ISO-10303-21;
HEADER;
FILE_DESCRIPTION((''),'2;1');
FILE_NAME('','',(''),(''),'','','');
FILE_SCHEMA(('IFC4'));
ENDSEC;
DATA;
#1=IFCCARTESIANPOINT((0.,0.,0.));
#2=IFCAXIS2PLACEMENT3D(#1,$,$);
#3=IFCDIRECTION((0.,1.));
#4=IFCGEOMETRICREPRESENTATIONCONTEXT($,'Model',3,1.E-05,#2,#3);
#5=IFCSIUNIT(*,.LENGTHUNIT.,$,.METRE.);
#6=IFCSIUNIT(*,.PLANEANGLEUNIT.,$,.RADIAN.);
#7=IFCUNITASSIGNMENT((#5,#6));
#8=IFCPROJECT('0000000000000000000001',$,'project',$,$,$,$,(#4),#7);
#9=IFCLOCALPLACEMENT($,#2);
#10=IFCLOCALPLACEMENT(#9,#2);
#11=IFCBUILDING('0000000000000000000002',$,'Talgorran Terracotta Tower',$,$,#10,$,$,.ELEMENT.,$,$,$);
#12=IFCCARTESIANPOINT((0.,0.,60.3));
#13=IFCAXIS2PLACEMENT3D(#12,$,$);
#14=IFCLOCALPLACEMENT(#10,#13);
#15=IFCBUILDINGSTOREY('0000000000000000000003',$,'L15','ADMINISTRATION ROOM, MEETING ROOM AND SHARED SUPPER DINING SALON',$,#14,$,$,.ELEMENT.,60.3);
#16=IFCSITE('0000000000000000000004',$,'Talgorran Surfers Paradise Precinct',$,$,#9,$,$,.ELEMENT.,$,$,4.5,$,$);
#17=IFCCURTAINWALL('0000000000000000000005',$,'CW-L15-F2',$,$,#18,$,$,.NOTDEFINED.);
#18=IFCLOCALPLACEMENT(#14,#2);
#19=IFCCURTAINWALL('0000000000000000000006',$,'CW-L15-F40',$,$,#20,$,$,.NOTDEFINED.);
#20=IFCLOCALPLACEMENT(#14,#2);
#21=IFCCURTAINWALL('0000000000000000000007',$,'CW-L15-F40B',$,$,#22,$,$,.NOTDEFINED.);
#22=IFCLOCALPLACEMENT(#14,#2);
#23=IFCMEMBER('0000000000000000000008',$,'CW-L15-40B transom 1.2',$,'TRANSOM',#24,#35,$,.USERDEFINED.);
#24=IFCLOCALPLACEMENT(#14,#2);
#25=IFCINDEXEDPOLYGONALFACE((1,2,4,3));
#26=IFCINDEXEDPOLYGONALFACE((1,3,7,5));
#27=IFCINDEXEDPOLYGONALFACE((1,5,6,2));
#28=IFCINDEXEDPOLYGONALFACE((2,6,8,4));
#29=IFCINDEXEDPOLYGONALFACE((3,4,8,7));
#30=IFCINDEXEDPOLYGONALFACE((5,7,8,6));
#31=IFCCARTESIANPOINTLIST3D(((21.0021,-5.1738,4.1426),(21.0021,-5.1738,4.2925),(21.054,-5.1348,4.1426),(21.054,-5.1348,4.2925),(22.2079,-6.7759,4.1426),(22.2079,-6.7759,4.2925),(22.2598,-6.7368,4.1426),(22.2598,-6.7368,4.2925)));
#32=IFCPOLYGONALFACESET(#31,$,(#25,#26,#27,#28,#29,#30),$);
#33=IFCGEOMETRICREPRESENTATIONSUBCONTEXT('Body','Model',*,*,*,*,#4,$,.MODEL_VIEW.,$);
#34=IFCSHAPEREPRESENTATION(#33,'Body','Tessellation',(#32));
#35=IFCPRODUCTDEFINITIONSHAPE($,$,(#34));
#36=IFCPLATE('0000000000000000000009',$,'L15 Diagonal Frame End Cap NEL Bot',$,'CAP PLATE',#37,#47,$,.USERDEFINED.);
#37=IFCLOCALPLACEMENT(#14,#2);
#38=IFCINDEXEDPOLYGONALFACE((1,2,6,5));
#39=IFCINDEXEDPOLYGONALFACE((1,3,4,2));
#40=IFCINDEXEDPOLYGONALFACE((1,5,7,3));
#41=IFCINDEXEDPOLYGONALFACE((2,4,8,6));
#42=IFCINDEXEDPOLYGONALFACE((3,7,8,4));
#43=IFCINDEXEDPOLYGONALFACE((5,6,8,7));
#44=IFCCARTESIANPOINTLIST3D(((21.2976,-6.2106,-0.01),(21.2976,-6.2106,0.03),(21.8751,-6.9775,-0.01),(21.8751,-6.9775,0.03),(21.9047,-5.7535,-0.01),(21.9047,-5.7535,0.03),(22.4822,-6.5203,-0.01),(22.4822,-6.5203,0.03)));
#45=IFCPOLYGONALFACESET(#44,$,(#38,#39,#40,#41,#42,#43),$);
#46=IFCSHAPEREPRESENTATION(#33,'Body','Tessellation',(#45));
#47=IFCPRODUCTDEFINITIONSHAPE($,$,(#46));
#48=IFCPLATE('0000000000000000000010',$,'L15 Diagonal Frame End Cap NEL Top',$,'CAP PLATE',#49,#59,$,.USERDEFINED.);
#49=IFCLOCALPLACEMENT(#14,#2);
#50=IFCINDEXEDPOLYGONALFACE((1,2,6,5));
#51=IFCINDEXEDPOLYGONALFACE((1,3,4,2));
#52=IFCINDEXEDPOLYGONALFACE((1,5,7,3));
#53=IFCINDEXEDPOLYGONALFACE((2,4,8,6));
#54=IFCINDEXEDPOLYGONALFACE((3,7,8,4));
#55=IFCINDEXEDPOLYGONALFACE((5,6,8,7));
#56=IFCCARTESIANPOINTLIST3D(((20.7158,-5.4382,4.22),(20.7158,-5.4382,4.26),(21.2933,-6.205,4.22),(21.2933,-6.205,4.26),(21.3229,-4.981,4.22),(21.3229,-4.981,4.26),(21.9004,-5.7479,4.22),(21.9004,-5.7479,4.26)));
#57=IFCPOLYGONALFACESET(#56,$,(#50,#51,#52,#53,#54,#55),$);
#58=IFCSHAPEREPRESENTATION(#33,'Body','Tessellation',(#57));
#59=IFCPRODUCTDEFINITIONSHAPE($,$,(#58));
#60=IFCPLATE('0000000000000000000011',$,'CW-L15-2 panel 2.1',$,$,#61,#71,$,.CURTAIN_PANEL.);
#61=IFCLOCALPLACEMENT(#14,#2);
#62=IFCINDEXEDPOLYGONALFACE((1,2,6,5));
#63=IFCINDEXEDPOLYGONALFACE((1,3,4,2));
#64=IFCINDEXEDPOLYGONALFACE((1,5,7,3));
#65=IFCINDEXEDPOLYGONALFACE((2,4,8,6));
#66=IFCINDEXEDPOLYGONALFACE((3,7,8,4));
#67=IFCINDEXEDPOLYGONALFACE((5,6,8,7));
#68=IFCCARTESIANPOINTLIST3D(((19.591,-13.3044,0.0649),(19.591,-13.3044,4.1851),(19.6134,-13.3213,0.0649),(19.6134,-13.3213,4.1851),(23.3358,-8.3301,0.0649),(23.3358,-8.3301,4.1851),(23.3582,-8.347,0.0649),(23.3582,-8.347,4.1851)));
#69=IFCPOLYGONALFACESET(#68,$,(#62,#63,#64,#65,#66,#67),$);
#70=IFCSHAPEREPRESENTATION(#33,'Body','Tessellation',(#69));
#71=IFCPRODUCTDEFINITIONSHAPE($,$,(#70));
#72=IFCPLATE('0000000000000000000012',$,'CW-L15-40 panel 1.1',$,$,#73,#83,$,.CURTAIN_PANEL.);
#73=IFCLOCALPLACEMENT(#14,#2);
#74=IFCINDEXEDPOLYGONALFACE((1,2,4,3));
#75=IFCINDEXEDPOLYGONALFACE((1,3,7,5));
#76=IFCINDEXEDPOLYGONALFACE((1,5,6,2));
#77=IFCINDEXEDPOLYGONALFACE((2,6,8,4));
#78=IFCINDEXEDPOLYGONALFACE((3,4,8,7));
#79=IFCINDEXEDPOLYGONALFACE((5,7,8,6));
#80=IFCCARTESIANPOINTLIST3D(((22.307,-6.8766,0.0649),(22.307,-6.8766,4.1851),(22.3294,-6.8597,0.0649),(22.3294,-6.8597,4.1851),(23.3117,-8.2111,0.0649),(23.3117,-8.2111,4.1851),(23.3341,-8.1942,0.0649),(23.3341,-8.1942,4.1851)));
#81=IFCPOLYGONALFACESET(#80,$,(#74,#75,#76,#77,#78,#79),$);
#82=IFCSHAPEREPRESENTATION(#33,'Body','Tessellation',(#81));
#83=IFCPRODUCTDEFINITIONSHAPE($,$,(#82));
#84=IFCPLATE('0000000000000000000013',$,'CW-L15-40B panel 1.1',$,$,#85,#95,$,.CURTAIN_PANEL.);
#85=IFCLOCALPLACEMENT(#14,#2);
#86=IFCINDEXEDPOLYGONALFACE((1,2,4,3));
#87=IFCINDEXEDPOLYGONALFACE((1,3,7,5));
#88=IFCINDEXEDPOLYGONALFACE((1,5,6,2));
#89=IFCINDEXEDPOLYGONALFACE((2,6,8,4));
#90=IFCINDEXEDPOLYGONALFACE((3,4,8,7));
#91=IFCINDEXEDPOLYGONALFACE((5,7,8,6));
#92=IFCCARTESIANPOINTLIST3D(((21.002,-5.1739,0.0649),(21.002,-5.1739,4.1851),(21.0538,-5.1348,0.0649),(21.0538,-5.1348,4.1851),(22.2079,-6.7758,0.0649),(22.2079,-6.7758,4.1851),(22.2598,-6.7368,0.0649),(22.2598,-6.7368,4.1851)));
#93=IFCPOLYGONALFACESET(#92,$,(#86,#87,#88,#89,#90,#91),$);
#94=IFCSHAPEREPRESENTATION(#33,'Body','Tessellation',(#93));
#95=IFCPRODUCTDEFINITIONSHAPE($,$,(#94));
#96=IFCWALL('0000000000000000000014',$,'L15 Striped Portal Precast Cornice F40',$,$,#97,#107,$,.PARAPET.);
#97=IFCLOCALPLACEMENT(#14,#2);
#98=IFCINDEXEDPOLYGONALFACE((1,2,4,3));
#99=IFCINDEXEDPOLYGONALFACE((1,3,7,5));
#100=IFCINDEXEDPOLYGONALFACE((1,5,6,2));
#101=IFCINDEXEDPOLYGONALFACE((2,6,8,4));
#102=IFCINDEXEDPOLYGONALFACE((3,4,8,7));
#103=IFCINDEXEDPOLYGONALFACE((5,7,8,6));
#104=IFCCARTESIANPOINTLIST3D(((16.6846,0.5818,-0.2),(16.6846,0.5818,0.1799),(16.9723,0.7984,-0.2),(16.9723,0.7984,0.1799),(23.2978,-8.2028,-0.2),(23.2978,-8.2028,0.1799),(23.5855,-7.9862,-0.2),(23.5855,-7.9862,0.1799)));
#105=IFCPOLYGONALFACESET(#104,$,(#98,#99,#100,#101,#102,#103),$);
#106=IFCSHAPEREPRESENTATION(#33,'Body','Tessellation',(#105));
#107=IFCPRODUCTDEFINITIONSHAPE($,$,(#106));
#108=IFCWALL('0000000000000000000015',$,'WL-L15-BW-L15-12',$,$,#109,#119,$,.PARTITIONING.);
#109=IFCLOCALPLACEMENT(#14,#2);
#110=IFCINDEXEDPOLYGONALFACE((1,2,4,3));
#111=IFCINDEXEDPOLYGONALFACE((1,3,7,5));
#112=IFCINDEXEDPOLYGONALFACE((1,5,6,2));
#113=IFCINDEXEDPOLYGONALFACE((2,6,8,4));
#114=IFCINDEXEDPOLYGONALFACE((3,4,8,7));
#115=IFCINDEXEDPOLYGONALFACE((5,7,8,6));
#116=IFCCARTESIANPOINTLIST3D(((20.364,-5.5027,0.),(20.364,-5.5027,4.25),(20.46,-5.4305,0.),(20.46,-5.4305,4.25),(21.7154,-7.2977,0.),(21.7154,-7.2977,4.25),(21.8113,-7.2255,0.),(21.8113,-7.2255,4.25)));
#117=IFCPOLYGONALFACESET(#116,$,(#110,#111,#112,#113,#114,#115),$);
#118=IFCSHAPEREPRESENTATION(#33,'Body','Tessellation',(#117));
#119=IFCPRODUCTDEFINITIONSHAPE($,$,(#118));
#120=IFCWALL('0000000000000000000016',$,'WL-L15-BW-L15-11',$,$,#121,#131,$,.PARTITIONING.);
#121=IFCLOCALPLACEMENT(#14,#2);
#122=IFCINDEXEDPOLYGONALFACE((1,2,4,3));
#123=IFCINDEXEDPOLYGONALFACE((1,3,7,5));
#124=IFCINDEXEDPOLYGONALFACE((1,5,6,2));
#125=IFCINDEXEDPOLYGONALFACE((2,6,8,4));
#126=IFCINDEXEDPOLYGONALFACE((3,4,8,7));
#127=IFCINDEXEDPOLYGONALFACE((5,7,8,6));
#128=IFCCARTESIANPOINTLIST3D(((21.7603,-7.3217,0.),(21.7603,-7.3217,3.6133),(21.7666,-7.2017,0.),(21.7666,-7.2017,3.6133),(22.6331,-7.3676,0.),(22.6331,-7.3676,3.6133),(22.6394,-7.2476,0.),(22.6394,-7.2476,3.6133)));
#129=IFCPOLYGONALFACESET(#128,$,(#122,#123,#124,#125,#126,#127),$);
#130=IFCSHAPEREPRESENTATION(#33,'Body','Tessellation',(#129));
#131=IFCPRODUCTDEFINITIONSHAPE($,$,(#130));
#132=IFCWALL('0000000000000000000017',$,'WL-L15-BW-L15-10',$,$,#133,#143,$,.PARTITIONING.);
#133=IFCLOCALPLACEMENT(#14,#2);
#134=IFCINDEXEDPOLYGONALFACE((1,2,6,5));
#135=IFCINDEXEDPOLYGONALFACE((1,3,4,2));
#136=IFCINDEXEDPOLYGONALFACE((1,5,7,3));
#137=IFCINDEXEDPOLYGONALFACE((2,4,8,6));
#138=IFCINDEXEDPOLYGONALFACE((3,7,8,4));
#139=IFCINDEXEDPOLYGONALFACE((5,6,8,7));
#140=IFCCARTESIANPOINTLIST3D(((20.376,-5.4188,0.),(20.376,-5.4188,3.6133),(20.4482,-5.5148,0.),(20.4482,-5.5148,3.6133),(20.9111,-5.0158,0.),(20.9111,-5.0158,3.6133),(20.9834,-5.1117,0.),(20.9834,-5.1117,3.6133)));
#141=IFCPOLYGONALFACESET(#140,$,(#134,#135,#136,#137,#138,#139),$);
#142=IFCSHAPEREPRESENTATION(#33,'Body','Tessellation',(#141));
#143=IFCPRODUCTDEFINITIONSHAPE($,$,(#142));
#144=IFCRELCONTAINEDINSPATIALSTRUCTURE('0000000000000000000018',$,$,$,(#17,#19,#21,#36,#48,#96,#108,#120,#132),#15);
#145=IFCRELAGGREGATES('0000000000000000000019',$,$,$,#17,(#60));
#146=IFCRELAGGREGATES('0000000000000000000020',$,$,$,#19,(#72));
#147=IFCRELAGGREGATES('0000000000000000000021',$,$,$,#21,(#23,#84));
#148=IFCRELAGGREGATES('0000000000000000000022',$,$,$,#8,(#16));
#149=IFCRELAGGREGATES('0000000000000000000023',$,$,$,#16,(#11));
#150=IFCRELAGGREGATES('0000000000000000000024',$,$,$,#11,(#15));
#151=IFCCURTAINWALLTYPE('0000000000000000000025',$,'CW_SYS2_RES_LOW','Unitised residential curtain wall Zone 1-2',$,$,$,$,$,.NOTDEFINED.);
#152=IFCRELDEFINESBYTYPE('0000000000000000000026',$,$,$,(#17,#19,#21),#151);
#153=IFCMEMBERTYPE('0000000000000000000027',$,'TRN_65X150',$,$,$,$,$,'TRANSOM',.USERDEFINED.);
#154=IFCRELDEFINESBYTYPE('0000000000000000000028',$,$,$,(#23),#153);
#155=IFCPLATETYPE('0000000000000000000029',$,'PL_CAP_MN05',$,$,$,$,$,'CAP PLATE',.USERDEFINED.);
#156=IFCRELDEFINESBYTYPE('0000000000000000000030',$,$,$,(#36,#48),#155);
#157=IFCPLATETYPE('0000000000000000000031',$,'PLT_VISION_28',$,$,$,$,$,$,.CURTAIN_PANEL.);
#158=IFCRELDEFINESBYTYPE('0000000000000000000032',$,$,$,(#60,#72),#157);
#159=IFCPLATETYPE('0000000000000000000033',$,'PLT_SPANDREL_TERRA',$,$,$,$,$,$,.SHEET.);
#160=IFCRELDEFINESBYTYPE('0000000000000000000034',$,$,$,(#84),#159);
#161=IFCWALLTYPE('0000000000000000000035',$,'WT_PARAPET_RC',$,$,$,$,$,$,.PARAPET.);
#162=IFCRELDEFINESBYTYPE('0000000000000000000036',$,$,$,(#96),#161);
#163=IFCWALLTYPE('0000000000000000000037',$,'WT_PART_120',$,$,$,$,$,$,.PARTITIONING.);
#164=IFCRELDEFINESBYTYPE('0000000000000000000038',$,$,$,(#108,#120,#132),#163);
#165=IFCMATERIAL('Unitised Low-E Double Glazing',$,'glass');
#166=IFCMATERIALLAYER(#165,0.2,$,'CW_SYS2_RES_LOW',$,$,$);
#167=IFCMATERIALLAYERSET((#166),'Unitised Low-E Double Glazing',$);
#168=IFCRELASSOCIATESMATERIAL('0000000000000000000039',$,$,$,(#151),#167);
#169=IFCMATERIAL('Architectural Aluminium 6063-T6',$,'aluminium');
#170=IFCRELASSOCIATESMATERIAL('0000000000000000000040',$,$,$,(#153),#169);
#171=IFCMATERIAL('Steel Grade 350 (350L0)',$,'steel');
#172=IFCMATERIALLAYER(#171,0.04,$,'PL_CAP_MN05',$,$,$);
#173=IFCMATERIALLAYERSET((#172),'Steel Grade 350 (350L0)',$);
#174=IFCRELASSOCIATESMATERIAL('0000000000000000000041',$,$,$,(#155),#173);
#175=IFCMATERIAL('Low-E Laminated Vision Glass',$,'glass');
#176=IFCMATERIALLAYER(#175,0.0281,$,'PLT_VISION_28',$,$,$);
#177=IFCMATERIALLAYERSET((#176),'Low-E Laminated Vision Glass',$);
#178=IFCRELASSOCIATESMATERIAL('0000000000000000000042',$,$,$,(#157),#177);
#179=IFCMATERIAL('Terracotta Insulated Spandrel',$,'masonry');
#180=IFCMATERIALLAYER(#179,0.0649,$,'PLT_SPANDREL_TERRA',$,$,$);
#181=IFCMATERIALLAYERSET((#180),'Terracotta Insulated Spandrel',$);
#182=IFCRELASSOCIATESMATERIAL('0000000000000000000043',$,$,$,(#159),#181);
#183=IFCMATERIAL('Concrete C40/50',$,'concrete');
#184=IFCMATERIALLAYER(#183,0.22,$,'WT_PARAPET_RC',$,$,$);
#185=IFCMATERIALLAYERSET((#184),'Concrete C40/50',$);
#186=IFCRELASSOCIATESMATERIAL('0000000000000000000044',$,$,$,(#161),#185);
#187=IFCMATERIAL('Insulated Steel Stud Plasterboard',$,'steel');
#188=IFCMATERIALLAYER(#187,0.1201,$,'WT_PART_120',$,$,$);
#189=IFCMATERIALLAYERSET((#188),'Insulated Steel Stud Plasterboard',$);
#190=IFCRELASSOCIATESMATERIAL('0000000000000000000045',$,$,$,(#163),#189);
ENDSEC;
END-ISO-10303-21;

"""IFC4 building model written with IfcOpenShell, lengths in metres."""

from ifc_helpers import new_model, si_unit, direction, frame, frame_2d, origin, origin_2d, place, context, subcontext, project, spatial, rectangle, extrude, source, transform, mapped, material, layer, layer_set, material_profile, profile_set, type_object, type_shapes, element, aggregate, save


model = new_model("IFC4")

# Units and contexts
model_context = context("Model", 3, precision=1e-05, world=origin(), true_north=direction((0.0, 1.0)))
body_context = subcontext(model_context, "Body", "Model", "MODEL_VIEW")
ifc_project = project(units=[si_unit("LENGTHUNIT", "METRE"), si_unit("PLANEANGLEUNIT", "RADIAN")], contexts=[model_context])

# Site, building, storey
site_placement = place(None, origin())
site = spatial("IfcSite", under=ifc_project, at=site_placement, Name="Talgorran Surfers Paradise Precinct", CompositionType="ELEMENT", RefElevation=4.5)
building_placement = place(site_placement, origin())
building = spatial("IfcBuilding", under=site, at=building_placement, Name="Talgorran Terracotta Tower", CompositionType="ELEMENT")
storey_placement = place(building_placement, frame((0.0, 0.0, 60.3)))
storey = spatial("IfcBuildingStorey", under=building, at=storey_placement, Name="L15", Description="ADMINISTRATION ROOM, MEETING ROOM AND SHARED SUPPER DINING SALON", CompositionType="ELEMENT", Elevation=60.3)

# Shared definitions
ifc_material_1 = material(Name="Steel Grade 350 (350L0)", Category="steel")

# Curtain wall
ifc_material_2 = material(Name="Unitised Low-E Double Glazing", Category="glass")
ifc_layer_1 = layer(ifc_material_2, 0.2, Name="CW_SYS2_RES_LOW")
ifc_layer_set_1 = layer_set([ifc_layer_1], Name="Unitised Low-E Double Glazing")
curtain_wall_type = type_object("IfcCurtainWallType", Name="CW_SYS2_RES_LOW", Description="Unitised residential curtain wall Zone 1-2", PredefinedType="NOTDEFINED", material=ifc_layer_set_1)
curtain_wall_1_placement = place(storey_placement, origin())
curtain_wall_1 = element("IfcCurtainWall", 1, at=curtain_wall_1_placement, inside=storey, type_object=curtain_wall_type, Name="CW-L15-F2", PredefinedType="NOTDEFINED")
ifc_material_3 = material(Name="Architectural Aluminium 6063-T6", Category="aluminium")

# Curtain walls
curtain_wall_2_placement = place(storey_placement, origin())
curtain_wall_2 = element("IfcCurtainWall", 2, at=curtain_wall_2_placement, inside=storey, type_object=curtain_wall_type, Name="CW-L15-F40", PredefinedType="NOTDEFINED")
curtain_wall_3_placement = place(storey_placement, origin())
curtain_wall_3 = element("IfcCurtainWall", 3, at=curtain_wall_3_placement, inside=storey, type_object=curtain_wall_type, Name="CW-L15-F40B", PredefinedType="NOTDEFINED")

# Member
ifc_material_profile_1 = material_profile(ifc_material_3, rectangle(XDim=0.0649, YDim=0.1499, at=origin_2d()), Name="CWT65X150")
ifc_profile_set_1 = profile_set([ifc_material_profile_1], Name="Architectural Aluminium 6063-T6")
member_type_1 = type_object("IfcMemberType", Name="TRN_65X150", ElementType="TRANSOM", PredefinedType="USERDEFINED", material=ifc_profile_set_1)
member_1_placement = place(storey_placement, frame((22.2339, -6.7563, 4.2175), z_axis=(-0.601363, 0.798976, 0.0), x_axis=(-0.798976, -0.601363, 0.0)))
member_1 = element("IfcMember", 4, at=member_1_placement, type_object=member_type_1, Name="CW-L15-40B transom 1.2", ObjectType="TRANSOM", PredefinedType="USERDEFINED", context=body_context, shape_type="SweptSolid", body=[
    extrude(rectangle(XDim=0.0649, YDim=0.1499, at=origin_2d()), origin(), (0.0, 0.0, 1.0), 2.0051),
])

# Plates
ifc_layer_2 = layer(ifc_material_1, 0.04, Name="PL_CAP_MN05")
ifc_layer_set_2 = layer_set([ifc_layer_2], Name="Steel Grade 350 (350L0)")
plate_type_1 = type_object("IfcPlateType", Name="PL_CAP_MN05", ElementType="CAP PLATE", PredefinedType="USERDEFINED", material=ifc_layer_set_2)
for number, where, z_axis, x_axis, name in (
    (5, (21.8899, -6.3655, -0.01), (0.0, 0.0, 1.0), (-0.601536, 0.798846, 0.0), "L15 Diagonal Frame End Cap NEL Bot"),
    (6, (21.3081, -5.593, 4.22), (0.0, 0.0, 1.0), (-0.601536, 0.798846, 0.0), "L15 Diagonal Frame End Cap NEL Top"),
):
    element("IfcPlate", number, at=place(storey_placement, frame(where, z_axis=z_axis, x_axis=x_axis)), inside=storey, type_object=plate_type_1, Name=name, ObjectType="CAP PLATE", PredefinedType="USERDEFINED", context=body_context, shape_type="SweptSolid", body=[
        extrude(rectangle(XDim=0.96, YDim=0.76, at=origin_2d()), origin(), (0.0, 0.0, 1.0), 0.04),
    ])

# Plates
ifc_material_4 = material(Name="Low-E Laminated Vision Glass", Category="glass")
ifc_layer_3 = layer(ifc_material_4, 0.0281, Name="PLT_VISION_28")
ifc_layer_set_3 = layer_set([ifc_layer_3], Name="Low-E Laminated Vision Glass")
plate_type_2 = type_object("IfcPlateType", Name="PLT_VISION_28", PredefinedType="CURTAIN_PANEL", material=ifc_layer_set_3)
shared_shape_1 = source(origin(), body_context, "Body", "SweptSolid", [
    extrude(rectangle(XDim=6.2263, YDim=0.0281, at=origin_2d()), origin(), (0.0, 0.0, 1.0), 4.1201),
])
plate_1_placement = place(storey_placement, frame((21.4746, -10.8257, 0.0649), z_axis=(0.0, 0.0, 1.0), x_axis=(0.601442, 0.798916, 0.0)))
plate_1 = element("IfcPlate", 7, at=plate_1_placement, type_object=plate_type_2, Name="CW-L15-2 panel 2.1", PredefinedType="CURTAIN_PANEL", context=body_context, shape_type="MappedRepresentation", body=[
    mapped(shared_shape_1, transform((0.0, 0.0, 0.0), scale=1.0)),
])
aggregate(curtain_wall_1, [plate_1])
shared_shape_2 = source(origin(), body_context, "Body", "SweptSolid", [
    extrude(rectangle(XDim=1.6704, YDim=0.0281, at=origin_2d()), origin(), (0.0, 0.0, 1.0), 4.1201),
])
type_shapes(plate_type_2, [shared_shape_1, shared_shape_2])
plate_2_placement = place(storey_placement, frame((22.8206, -7.5354, 0.0649), z_axis=(0.0, 0.0, 1.0), x_axis=(-0.601456, 0.798906, 0.0)))
plate_2 = element("IfcPlate", 8, at=plate_2_placement, type_object=plate_type_2, Name="CW-L15-40 panel 1.1", PredefinedType="CURTAIN_PANEL", context=body_context, shape_type="MappedRepresentation", body=[
    mapped(shared_shape_2, transform((0.0, 0.0, 0.0), scale=1.0)),
])
aggregate(curtain_wall_2, [plate_2])
ifc_material_5 = material(Name="Terracotta Insulated Spandrel", Category="masonry")
ifc_layer_4 = layer(ifc_material_5, 0.0649, Name="PLT_SPANDREL_TERRA")
ifc_layer_set_4 = layer_set([ifc_layer_4], Name="Terracotta Insulated Spandrel")
plate_type_3 = type_object("IfcPlateType", Name="PLT_SPANDREL_TERRA", PredefinedType="SHEET", material=ifc_layer_set_4)
shared_shape_3 = source(origin(), body_context, "Body", "SweptSolid", [
    extrude(rectangle(XDim=2.0051, YDim=0.0649, at=origin_2d()), origin(), (0.0, 0.0, 1.0), 4.1201),
])
type_shapes(plate_type_3, [shared_shape_3])
plate_3_placement = place(storey_placement, frame((21.6309, -5.9553, 0.0649), z_axis=(0.0, 0.0, 1.0), x_axis=(-0.601423, 0.798931, 0.0)))
plate_3 = element("IfcPlate", 9, at=plate_3_placement, type_object=plate_type_3, Name="CW-L15-40B panel 1.1", PredefinedType="CURTAIN_PANEL", context=body_context, shape_type="MappedRepresentation", body=[
    mapped(shared_shape_3, transform((0.0, 0.0, 0.0), scale=1.0)),
])
aggregate(curtain_wall_3, [member_1, plate_3])

# Walls
ifc_material_6 = material(Name="Concrete C40/50", Category="concrete")
ifc_layer_5 = layer(ifc_material_6, 0.22, Name="WT_PARAPET_RC")
ifc_layer_set_5 = layer_set([ifc_layer_5], Name="Concrete C40/50")
wall_type_1 = type_object("IfcWallType", Name="WT_PARAPET_RC", PredefinedType="PARAPET", material=ifc_layer_set_5)
wall_1_placement = place(storey_placement, frame((23.4417, -8.0945, -0.2), z_axis=(0.0, 0.0, 1.0), x_axis=(-0.601441, 0.798917, 0.0)))
element("IfcWall", 10, at=wall_1_placement, inside=storey, type_object=wall_type_1, Name="L15 Striped Portal Precast Cornice F40", PredefinedType="PARAPET", context=body_context, shape_type="SweptSolid", body=[
    extrude(rectangle(XDim=10.9956, YDim=0.3601, at=frame_2d((5.4978, 0.0))), origin(), (0.0, 0.0, 1.0), 0.3799),
])
ifc_material_7 = material(Name="Insulated Steel Stud Plasterboard", Category="steel")
ifc_layer_6 = layer(ifc_material_7, 0.1201, Name="WT_PART_120")
ifc_layer_set_6 = layer_set([ifc_layer_6], Name="Insulated Steel Stud Plasterboard")
wall_type_2 = type_object("IfcWallType", Name="WT_PART_120", PredefinedType="PARTITIONING", material=ifc_layer_set_6)
wall_2_placement = place(storey_placement, frame((21.7634, -7.2617, 0.0), z_axis=(0.0, 0.0, 1.0), x_axis=(-0.601459, 0.798903, 0.0)))
element("IfcWall", 11, at=wall_2_placement, inside=storey, type_object=wall_type_2, Name="WL-L15-BW-L15-12", PredefinedType="PARTITIONING", context=body_context, shape_type="SweptSolid", body=[
    extrude(rectangle(XDim=2.2468, YDim=0.1201, at=frame_2d((1.1235, 0.0))), origin(), (0.0, 0.0, 1.0), 4.25),
])
wall_3_placement = place(storey_placement, frame((22.6362, -7.3076, 0.0), z_axis=(0.0, 0.0, 1.0), x_axis=(-0.99862, 0.052515, 0.0)))
element("IfcWall", 12, at=wall_3_placement, inside=storey, type_object=wall_type_2, Name="WL-L15-BW-L15-11", PredefinedType="PARTITIONING", context=body_context, shape_type="SweptSolid", body=[
    extrude(rectangle(XDim=0.874, YDim=0.1201, at=frame_2d((0.437, 0.0))), origin(), (0.0, 0.0, 1.0), 3.6133),
])
wall_4_placement = place(storey_placement, frame((20.4121, -5.4668, 0.0), z_axis=(0.0, 0.0, 1.0), x_axis=(0.798774, 0.601631, 0.0)))
element("IfcWall", 13, at=wall_4_placement, inside=storey, type_object=wall_type_2, Name="WL-L15-BW-L15-10", PredefinedType="PARTITIONING", context=body_context, shape_type="SweptSolid", body=[
    extrude(rectangle(XDim=0.6699, YDim=0.1201, at=frame_2d((0.335, 0.0))), origin(), (0.0, 0.0, 1.0), 3.6133),
])

save(model, "model.ifc")
